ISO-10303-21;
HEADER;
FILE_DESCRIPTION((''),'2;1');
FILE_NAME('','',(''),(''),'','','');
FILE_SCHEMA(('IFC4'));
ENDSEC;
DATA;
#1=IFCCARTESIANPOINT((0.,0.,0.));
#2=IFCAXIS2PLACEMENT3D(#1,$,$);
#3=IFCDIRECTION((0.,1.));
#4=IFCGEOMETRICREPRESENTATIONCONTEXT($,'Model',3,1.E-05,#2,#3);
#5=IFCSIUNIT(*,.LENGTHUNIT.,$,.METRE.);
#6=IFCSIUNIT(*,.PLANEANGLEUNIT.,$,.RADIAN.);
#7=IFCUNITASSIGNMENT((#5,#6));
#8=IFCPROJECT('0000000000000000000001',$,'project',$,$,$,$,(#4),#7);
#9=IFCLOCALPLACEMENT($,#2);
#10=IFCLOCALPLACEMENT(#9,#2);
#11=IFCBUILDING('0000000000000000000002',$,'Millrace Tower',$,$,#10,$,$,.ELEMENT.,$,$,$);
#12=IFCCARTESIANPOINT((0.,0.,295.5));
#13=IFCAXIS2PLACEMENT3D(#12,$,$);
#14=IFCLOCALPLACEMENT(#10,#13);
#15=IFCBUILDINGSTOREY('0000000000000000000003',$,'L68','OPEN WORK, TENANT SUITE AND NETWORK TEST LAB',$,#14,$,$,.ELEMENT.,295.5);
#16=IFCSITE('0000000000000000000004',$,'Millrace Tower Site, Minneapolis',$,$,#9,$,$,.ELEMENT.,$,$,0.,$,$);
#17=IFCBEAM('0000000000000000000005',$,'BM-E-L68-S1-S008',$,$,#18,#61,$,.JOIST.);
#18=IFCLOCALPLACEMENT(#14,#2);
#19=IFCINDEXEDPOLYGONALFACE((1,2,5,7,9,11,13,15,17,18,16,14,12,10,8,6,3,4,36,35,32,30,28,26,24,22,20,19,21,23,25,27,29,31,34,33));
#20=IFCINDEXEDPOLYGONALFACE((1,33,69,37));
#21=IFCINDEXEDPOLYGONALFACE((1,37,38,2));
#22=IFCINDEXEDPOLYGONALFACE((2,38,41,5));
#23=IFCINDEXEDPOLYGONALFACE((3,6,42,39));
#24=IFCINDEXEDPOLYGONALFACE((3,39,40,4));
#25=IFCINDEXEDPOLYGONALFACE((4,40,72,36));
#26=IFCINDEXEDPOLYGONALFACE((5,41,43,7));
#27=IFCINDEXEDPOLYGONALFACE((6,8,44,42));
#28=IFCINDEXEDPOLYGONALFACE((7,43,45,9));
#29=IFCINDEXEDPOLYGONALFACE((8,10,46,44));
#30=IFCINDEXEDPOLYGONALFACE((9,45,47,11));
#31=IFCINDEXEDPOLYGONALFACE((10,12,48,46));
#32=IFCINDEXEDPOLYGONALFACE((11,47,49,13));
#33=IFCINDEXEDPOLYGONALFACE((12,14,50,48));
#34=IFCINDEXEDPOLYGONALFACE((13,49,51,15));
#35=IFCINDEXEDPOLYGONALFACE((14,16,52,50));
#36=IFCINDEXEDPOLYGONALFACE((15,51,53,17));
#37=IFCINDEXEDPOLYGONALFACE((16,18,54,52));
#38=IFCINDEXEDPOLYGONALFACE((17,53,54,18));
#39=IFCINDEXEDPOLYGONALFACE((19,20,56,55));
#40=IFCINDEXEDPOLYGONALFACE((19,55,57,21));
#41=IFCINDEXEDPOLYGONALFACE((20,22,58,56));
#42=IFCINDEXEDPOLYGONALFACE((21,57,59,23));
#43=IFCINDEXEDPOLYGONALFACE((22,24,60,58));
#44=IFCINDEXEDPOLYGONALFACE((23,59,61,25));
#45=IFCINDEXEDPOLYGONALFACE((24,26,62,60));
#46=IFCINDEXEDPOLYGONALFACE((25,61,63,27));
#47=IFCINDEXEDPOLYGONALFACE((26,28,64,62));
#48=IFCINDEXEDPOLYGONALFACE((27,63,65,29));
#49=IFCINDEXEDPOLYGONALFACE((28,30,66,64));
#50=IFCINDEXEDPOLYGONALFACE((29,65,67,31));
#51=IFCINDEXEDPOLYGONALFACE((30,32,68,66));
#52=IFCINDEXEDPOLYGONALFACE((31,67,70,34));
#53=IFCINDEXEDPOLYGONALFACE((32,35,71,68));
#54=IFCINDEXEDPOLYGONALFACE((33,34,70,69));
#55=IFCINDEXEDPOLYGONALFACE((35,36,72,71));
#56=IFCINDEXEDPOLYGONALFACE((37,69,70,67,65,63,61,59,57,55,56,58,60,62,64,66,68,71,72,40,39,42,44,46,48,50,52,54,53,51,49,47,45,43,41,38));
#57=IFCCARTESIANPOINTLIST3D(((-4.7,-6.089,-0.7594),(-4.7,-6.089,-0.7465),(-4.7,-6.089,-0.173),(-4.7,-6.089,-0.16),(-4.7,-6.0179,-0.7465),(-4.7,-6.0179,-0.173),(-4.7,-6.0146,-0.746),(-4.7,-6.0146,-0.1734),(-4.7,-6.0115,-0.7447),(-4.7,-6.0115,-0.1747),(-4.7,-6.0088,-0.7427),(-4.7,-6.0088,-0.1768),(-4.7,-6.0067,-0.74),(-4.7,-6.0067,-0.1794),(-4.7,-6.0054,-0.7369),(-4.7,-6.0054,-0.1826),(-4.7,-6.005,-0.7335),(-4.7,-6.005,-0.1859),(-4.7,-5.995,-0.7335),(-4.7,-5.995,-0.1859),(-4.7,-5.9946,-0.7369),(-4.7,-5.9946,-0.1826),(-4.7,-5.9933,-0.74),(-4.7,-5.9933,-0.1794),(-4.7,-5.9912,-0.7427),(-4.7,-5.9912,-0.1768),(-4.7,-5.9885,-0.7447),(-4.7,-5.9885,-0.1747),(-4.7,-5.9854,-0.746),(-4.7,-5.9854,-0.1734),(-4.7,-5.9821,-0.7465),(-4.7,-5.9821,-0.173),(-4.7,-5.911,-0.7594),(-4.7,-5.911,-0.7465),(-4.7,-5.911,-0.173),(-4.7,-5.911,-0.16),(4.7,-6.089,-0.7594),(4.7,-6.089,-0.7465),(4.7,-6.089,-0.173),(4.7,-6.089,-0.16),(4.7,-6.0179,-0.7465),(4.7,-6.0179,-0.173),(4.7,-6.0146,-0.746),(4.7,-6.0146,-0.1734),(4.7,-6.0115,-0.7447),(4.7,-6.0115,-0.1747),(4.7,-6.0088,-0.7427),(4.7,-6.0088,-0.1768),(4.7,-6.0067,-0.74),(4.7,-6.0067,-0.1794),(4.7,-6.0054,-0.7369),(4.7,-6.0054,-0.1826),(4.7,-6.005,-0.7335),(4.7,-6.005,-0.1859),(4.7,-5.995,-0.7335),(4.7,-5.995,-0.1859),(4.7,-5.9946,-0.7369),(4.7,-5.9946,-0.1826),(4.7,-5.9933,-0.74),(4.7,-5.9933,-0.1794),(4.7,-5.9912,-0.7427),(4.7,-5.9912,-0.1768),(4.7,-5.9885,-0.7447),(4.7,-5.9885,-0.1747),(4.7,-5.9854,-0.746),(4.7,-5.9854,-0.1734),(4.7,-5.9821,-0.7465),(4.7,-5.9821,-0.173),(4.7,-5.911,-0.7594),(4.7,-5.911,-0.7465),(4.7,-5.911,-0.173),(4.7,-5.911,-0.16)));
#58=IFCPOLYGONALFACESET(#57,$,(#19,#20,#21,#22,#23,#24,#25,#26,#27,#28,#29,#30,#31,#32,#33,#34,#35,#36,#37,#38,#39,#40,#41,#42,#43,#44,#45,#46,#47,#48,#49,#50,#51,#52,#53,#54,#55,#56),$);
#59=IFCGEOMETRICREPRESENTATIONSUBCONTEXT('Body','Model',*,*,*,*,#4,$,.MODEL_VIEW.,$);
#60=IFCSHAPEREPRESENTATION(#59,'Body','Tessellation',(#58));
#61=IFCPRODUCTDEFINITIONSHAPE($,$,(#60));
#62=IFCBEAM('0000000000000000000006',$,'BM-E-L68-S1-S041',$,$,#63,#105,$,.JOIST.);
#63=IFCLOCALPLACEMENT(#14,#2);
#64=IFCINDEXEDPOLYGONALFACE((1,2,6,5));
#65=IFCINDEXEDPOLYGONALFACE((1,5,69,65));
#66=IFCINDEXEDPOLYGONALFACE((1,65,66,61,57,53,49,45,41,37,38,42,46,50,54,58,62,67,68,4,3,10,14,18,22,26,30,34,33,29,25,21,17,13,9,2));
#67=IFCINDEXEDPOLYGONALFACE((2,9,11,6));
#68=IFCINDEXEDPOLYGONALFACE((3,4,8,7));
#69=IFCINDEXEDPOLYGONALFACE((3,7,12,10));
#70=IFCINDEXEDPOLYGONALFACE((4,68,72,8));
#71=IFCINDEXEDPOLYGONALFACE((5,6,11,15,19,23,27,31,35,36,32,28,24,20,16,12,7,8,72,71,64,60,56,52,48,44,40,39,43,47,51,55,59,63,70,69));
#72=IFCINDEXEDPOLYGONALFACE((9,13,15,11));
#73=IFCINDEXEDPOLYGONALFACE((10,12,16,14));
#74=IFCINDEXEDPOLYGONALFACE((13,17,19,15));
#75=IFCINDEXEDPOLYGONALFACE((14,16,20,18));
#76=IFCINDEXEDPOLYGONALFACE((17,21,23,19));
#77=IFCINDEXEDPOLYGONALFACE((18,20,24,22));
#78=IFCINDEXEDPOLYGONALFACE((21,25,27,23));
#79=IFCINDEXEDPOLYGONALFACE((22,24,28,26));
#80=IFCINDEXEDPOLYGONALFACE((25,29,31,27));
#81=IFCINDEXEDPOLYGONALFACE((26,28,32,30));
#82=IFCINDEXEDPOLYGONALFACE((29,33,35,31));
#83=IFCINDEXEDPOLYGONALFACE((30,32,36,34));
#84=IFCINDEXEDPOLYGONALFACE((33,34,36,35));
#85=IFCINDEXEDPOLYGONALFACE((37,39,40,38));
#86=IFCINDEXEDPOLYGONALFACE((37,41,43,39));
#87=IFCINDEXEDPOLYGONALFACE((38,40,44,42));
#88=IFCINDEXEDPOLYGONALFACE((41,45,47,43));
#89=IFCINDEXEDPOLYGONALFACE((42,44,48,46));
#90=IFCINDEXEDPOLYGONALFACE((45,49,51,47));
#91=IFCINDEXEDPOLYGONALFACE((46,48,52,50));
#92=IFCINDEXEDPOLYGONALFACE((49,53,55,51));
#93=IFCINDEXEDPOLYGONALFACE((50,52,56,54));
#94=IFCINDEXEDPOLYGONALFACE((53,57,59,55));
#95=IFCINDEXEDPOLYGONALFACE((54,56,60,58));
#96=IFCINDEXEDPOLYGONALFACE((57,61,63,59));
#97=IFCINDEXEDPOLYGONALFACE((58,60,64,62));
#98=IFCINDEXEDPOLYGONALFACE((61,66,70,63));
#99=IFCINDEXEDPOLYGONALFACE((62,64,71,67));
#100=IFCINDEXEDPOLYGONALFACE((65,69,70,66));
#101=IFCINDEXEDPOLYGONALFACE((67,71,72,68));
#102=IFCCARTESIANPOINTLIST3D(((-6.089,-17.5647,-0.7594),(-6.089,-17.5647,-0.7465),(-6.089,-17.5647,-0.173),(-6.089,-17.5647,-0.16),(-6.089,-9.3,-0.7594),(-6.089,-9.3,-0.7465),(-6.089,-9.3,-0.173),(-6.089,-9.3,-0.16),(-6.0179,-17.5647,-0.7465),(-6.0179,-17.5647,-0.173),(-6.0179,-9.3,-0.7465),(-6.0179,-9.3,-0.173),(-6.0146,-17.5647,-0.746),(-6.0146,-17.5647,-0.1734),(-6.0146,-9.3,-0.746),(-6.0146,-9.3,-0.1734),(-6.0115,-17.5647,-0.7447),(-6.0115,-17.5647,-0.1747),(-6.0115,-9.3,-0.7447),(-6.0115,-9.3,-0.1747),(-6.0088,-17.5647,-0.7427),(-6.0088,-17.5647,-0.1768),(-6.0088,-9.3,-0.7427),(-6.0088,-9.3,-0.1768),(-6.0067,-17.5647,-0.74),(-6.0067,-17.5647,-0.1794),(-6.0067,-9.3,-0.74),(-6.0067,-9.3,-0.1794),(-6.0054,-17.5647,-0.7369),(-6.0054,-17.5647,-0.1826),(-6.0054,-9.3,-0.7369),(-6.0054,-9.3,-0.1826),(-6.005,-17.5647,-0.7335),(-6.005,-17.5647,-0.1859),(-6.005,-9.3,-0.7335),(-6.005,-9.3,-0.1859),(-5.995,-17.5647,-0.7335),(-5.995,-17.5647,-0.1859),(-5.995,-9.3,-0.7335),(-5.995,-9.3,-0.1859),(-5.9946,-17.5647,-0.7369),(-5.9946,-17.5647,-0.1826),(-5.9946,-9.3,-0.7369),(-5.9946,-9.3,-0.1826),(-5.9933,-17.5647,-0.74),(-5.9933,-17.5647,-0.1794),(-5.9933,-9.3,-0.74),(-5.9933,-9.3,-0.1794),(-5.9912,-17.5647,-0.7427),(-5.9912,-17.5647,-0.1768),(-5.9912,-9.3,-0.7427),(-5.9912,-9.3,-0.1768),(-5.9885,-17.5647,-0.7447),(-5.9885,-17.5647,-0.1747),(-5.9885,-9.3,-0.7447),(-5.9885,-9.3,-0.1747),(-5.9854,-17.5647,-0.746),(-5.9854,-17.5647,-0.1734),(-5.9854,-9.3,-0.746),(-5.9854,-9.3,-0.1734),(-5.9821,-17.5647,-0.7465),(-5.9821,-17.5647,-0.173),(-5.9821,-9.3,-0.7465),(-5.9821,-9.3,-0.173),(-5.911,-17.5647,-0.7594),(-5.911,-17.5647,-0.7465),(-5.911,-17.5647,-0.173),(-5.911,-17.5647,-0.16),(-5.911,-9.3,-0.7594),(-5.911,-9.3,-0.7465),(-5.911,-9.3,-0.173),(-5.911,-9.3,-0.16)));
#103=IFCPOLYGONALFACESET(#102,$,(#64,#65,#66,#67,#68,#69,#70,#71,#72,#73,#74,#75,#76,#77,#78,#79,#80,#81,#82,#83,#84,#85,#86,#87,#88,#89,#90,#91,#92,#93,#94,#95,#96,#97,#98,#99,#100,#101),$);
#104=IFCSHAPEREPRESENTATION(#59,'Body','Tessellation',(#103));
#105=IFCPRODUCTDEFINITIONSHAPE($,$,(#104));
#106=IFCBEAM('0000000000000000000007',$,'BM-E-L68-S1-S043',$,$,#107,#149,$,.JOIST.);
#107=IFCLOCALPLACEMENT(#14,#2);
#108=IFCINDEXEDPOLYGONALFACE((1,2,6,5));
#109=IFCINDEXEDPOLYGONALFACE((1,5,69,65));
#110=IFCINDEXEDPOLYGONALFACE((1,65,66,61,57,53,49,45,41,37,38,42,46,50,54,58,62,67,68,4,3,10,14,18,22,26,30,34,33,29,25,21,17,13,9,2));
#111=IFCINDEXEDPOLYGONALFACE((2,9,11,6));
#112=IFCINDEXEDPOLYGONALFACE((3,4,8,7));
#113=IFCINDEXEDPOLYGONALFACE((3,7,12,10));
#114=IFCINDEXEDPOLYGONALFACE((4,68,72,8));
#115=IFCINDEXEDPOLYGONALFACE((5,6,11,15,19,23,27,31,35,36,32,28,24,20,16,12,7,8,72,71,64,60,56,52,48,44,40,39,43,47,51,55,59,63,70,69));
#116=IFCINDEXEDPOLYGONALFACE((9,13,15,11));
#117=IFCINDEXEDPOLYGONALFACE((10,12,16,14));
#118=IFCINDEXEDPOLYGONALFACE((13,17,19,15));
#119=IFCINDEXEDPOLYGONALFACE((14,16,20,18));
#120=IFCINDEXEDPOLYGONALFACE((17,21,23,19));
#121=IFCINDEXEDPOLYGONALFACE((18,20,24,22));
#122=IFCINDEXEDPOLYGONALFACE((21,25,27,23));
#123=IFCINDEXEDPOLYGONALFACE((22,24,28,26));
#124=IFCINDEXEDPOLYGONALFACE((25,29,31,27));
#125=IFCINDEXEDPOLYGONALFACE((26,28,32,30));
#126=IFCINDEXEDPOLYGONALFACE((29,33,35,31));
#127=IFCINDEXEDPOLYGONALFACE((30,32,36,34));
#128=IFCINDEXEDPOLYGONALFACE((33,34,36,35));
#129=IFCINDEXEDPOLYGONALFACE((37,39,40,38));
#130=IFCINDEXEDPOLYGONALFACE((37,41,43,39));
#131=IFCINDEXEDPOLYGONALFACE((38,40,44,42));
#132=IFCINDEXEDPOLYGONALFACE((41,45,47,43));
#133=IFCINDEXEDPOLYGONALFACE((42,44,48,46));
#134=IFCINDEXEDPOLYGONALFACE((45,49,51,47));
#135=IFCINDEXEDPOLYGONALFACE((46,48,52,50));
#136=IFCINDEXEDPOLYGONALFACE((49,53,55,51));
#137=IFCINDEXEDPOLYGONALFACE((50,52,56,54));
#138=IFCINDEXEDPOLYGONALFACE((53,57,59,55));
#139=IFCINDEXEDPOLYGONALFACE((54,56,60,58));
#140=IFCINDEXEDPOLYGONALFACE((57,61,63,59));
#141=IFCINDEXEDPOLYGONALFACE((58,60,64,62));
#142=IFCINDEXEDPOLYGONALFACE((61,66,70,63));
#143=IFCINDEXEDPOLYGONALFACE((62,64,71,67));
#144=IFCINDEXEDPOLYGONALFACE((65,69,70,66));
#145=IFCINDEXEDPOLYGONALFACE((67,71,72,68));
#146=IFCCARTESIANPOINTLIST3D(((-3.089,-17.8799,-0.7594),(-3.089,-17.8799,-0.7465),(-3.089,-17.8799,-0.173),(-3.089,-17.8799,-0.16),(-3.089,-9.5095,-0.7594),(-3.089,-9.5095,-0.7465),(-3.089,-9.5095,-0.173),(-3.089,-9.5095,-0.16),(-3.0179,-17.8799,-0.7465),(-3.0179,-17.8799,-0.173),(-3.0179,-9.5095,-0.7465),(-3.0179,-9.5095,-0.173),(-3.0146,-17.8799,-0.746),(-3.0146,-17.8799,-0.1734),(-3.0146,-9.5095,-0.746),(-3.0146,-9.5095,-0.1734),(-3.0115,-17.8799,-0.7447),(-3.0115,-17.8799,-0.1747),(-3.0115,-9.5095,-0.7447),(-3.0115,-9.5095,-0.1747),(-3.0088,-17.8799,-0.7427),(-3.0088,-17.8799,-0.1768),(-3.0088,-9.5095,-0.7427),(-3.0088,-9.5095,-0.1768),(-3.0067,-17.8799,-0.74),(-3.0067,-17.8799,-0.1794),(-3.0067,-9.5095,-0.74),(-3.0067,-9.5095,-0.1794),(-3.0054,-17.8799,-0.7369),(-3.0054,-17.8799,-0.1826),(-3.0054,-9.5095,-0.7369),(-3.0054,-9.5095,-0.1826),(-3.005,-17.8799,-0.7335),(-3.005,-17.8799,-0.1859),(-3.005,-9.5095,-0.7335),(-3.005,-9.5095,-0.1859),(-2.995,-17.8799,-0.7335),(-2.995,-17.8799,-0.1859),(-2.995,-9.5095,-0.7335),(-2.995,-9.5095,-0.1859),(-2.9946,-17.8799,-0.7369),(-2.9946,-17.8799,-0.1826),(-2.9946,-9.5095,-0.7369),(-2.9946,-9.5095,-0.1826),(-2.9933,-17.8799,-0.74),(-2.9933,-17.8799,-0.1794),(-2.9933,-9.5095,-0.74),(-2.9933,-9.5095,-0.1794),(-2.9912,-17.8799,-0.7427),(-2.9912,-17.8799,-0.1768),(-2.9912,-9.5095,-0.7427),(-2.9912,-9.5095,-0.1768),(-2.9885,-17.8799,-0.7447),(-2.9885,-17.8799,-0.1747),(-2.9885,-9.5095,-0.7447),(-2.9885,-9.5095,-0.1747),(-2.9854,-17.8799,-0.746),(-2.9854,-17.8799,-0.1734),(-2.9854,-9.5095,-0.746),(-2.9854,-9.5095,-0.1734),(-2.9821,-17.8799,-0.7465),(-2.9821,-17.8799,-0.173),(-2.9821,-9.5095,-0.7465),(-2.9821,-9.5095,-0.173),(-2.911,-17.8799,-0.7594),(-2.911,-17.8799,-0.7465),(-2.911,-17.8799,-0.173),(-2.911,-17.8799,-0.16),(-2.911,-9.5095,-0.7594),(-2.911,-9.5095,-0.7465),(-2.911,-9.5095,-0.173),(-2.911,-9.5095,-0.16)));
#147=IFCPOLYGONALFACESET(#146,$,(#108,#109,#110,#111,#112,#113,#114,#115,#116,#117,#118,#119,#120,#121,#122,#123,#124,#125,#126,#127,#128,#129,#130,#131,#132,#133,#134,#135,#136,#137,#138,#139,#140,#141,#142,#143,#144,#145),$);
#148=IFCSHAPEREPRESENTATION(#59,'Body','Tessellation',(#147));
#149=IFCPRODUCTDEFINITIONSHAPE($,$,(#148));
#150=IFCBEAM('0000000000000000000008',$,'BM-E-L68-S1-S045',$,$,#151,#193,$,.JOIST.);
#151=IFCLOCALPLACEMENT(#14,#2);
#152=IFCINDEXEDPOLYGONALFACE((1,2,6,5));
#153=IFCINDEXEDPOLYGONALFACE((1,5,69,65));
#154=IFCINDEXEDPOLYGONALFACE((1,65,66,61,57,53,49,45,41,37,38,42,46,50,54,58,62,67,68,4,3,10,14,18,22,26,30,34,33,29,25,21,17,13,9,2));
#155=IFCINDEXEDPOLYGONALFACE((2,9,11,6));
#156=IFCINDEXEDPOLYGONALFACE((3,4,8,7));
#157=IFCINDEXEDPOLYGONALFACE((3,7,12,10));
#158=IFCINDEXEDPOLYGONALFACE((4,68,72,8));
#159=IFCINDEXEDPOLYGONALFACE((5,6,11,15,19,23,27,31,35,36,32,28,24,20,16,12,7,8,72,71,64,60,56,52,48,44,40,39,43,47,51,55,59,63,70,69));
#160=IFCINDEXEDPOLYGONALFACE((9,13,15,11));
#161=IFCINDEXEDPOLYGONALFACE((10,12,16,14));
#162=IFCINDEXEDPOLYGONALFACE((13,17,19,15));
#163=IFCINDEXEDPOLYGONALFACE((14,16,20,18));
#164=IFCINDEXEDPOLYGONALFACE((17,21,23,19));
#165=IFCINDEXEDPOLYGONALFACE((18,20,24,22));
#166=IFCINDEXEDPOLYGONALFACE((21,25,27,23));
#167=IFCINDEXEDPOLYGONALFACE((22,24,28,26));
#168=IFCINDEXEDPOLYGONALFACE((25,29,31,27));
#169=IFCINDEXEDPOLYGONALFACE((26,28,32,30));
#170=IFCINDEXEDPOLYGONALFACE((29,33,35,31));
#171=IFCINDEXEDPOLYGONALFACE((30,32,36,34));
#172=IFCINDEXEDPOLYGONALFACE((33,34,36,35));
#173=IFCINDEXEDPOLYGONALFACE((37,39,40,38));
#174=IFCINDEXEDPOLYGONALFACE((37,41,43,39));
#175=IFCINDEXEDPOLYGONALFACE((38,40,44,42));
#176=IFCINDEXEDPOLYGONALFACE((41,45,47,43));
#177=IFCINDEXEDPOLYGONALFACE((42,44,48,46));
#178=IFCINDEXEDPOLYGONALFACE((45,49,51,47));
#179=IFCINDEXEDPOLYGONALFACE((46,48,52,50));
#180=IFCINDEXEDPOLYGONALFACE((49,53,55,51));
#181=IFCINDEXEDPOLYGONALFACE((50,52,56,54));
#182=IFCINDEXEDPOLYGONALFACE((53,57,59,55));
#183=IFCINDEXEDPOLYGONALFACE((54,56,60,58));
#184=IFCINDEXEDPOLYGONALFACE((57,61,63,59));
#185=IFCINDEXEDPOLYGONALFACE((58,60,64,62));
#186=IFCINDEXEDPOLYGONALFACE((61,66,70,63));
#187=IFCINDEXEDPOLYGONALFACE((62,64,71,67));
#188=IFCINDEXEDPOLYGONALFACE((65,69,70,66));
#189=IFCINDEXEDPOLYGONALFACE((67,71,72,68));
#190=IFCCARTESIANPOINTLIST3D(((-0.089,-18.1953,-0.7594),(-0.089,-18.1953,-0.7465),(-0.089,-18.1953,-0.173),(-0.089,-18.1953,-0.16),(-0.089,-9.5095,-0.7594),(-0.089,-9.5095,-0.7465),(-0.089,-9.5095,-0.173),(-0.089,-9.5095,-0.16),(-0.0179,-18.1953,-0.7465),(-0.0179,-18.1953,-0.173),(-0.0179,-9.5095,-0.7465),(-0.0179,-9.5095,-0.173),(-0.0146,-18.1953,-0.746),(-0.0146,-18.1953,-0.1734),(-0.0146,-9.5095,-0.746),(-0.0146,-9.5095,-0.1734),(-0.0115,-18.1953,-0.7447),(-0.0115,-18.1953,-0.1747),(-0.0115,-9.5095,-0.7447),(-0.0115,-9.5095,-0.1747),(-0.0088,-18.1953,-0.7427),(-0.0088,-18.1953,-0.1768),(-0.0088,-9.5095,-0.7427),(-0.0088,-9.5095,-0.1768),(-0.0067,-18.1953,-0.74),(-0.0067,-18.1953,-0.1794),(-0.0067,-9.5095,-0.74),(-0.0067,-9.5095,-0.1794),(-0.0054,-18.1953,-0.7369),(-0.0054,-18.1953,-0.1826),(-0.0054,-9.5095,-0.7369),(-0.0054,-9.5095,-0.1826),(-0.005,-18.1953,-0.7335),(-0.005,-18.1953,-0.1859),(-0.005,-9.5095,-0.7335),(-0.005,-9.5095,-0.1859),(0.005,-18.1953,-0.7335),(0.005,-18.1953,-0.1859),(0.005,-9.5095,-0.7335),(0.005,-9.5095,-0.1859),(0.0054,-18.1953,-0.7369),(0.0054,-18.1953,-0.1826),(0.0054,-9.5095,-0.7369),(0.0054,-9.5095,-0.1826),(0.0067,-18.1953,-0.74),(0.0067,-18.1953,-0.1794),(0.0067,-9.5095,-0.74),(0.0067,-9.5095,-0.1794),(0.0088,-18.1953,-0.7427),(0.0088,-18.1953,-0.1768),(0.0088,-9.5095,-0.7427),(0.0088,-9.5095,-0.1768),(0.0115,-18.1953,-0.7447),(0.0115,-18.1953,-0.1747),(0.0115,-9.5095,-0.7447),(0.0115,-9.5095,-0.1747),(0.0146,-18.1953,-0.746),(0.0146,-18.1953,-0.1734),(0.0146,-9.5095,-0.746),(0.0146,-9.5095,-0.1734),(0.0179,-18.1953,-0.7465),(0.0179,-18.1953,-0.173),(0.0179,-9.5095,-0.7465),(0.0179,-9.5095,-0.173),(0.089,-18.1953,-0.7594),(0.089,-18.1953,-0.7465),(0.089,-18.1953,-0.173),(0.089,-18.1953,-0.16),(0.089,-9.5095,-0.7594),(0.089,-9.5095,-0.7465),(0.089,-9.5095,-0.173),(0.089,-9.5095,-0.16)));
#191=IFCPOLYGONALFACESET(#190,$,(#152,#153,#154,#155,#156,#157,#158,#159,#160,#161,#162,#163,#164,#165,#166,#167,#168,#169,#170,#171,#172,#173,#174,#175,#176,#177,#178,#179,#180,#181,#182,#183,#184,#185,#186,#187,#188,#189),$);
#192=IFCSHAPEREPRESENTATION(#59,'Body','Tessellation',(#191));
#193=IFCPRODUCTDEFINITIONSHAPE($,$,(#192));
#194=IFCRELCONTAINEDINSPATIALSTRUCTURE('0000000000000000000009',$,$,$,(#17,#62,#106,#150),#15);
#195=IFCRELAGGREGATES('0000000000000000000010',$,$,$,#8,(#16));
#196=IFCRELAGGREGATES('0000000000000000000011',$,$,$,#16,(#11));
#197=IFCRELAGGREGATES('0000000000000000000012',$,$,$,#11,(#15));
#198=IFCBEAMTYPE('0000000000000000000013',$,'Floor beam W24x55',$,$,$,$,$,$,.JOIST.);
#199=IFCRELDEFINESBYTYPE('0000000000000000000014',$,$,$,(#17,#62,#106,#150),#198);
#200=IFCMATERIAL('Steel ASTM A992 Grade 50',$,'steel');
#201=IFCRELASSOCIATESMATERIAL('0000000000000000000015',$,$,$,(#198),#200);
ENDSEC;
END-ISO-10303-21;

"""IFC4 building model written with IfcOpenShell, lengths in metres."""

from ifc_helpers import new_model, si_unit, direction, frame, origin, origin_2d, place, context, subcontext, project, spatial, i_section, extrude, material, material_profile, profile_set, type_object, element, save


model = new_model("IFC4")

# Units and contexts
model_context = context("Model", 3, precision=1e-05, world=origin(), true_north=direction((0.0, 1.0)))
body_context = subcontext(model_context, "Body", "Model", "MODEL_VIEW")
ifc_project = project(units=[si_unit("LENGTHUNIT", "METRE"), si_unit("PLANEANGLEUNIT", "RADIAN")], contexts=[model_context])

# Site, building, storey
site_placement = place(None, origin())
site = spatial("IfcSite", under=ifc_project, at=site_placement, Name="Millrace Tower Site, Minneapolis", CompositionType="ELEMENT", RefElevation=0.0)
building_placement = place(site_placement, origin())
building = spatial("IfcBuilding", under=site, at=building_placement, Name="Millrace Tower", CompositionType="ELEMENT")
storey_placement = place(building_placement, frame((0.0, 0.0, 295.5)))
storey = spatial("IfcBuildingStorey", under=building, at=storey_placement, Name="L68", Description="OPEN WORK, TENANT SUITE AND NETWORK TEST LAB", CompositionType="ELEMENT", Elevation=295.5)

# Beams
ifc_material_1 = material(Name="Steel ASTM A992 Grade 50", Category="steel")
ifc_material_profile_1 = material_profile(ifc_material_1, i_section(OverallWidth=0.178, OverallDepth=0.5994, WebThickness=0.01, FlangeThickness=0.0129, FilletRadius=0.0129, at=origin_2d()))
ifc_profile_set_1 = profile_set([ifc_material_profile_1], Name="Steel ASTM A992 Grade 50")
beam_type_1 = type_object("IfcBeamType", Name="Floor beam W24x55", PredefinedType="JOIST", material=ifc_profile_set_1)
beam_1_placement = place(storey_placement, frame((-4.7, -6.0, -0.4597), z_axis=(1.0, 0.0, 0.0), x_axis=(0.0, 1.0, 0.0)))
element("IfcBeam", 1, at=beam_1_placement, inside=storey, type_object=beam_type_1, Name="BM-E-L68-S1-S008", PredefinedType="JOIST", context=body_context, shape_type="SweptSolid", body=[
    extrude(i_section(OverallWidth=0.178, OverallDepth=0.5994, WebThickness=0.01, FlangeThickness=0.0129, FilletRadius=0.0129, at=origin_2d()), origin(), (0.0, 0.0, 1.0), 9.3999),
])
beam_2_placement = place(storey_placement, frame((-6.0, -17.5647, -0.4597), z_axis=(0.0, 1.0, 0.0), x_axis=(-1.0, 0.0, 0.0)))
element("IfcBeam", 2, at=beam_2_placement, inside=storey, type_object=beam_type_1, Name="BM-E-L68-S1-S041", PredefinedType="JOIST", context=body_context, shape_type="SweptSolid", body=[
    extrude(i_section(OverallWidth=0.178, OverallDepth=0.5994, WebThickness=0.01, FlangeThickness=0.0129, FilletRadius=0.0129, at=origin_2d()), origin(), (0.0, 0.0, 1.0), 8.2646),
])
beam_3_placement = place(storey_placement, frame((-3.0, -17.8799, -0.4597), z_axis=(0.0, 1.0, 0.0), x_axis=(-1.0, 0.0, 0.0)))
element("IfcBeam", 3, at=beam_3_placement, inside=storey, type_object=beam_type_1, Name="BM-E-L68-S1-S043", PredefinedType="JOIST", context=body_context, shape_type="SweptSolid", body=[
    extrude(i_section(OverallWidth=0.178, OverallDepth=0.5994, WebThickness=0.01, FlangeThickness=0.0129, FilletRadius=0.0129, at=origin_2d()), origin(), (0.0, 0.0, 1.0), 8.3704),
])
beam_4_placement = place(storey_placement, frame((0.0, -18.1953, -0.4597), z_axis=(0.0, 1.0, 0.0), x_axis=(-1.0, 0.0, 0.0)))
element("IfcBeam", 4, at=beam_4_placement, inside=storey, type_object=beam_type_1, Name="BM-E-L68-S1-S045", PredefinedType="JOIST", context=body_context, shape_type="SweptSolid", body=[
    extrude(i_section(OverallWidth=0.178, OverallDepth=0.5994, WebThickness=0.01, FlangeThickness=0.0129, FilletRadius=0.0129, at=origin_2d()), origin(), (0.0, 0.0, 1.0), 8.6858),
])

save(model, "model.ifc")
